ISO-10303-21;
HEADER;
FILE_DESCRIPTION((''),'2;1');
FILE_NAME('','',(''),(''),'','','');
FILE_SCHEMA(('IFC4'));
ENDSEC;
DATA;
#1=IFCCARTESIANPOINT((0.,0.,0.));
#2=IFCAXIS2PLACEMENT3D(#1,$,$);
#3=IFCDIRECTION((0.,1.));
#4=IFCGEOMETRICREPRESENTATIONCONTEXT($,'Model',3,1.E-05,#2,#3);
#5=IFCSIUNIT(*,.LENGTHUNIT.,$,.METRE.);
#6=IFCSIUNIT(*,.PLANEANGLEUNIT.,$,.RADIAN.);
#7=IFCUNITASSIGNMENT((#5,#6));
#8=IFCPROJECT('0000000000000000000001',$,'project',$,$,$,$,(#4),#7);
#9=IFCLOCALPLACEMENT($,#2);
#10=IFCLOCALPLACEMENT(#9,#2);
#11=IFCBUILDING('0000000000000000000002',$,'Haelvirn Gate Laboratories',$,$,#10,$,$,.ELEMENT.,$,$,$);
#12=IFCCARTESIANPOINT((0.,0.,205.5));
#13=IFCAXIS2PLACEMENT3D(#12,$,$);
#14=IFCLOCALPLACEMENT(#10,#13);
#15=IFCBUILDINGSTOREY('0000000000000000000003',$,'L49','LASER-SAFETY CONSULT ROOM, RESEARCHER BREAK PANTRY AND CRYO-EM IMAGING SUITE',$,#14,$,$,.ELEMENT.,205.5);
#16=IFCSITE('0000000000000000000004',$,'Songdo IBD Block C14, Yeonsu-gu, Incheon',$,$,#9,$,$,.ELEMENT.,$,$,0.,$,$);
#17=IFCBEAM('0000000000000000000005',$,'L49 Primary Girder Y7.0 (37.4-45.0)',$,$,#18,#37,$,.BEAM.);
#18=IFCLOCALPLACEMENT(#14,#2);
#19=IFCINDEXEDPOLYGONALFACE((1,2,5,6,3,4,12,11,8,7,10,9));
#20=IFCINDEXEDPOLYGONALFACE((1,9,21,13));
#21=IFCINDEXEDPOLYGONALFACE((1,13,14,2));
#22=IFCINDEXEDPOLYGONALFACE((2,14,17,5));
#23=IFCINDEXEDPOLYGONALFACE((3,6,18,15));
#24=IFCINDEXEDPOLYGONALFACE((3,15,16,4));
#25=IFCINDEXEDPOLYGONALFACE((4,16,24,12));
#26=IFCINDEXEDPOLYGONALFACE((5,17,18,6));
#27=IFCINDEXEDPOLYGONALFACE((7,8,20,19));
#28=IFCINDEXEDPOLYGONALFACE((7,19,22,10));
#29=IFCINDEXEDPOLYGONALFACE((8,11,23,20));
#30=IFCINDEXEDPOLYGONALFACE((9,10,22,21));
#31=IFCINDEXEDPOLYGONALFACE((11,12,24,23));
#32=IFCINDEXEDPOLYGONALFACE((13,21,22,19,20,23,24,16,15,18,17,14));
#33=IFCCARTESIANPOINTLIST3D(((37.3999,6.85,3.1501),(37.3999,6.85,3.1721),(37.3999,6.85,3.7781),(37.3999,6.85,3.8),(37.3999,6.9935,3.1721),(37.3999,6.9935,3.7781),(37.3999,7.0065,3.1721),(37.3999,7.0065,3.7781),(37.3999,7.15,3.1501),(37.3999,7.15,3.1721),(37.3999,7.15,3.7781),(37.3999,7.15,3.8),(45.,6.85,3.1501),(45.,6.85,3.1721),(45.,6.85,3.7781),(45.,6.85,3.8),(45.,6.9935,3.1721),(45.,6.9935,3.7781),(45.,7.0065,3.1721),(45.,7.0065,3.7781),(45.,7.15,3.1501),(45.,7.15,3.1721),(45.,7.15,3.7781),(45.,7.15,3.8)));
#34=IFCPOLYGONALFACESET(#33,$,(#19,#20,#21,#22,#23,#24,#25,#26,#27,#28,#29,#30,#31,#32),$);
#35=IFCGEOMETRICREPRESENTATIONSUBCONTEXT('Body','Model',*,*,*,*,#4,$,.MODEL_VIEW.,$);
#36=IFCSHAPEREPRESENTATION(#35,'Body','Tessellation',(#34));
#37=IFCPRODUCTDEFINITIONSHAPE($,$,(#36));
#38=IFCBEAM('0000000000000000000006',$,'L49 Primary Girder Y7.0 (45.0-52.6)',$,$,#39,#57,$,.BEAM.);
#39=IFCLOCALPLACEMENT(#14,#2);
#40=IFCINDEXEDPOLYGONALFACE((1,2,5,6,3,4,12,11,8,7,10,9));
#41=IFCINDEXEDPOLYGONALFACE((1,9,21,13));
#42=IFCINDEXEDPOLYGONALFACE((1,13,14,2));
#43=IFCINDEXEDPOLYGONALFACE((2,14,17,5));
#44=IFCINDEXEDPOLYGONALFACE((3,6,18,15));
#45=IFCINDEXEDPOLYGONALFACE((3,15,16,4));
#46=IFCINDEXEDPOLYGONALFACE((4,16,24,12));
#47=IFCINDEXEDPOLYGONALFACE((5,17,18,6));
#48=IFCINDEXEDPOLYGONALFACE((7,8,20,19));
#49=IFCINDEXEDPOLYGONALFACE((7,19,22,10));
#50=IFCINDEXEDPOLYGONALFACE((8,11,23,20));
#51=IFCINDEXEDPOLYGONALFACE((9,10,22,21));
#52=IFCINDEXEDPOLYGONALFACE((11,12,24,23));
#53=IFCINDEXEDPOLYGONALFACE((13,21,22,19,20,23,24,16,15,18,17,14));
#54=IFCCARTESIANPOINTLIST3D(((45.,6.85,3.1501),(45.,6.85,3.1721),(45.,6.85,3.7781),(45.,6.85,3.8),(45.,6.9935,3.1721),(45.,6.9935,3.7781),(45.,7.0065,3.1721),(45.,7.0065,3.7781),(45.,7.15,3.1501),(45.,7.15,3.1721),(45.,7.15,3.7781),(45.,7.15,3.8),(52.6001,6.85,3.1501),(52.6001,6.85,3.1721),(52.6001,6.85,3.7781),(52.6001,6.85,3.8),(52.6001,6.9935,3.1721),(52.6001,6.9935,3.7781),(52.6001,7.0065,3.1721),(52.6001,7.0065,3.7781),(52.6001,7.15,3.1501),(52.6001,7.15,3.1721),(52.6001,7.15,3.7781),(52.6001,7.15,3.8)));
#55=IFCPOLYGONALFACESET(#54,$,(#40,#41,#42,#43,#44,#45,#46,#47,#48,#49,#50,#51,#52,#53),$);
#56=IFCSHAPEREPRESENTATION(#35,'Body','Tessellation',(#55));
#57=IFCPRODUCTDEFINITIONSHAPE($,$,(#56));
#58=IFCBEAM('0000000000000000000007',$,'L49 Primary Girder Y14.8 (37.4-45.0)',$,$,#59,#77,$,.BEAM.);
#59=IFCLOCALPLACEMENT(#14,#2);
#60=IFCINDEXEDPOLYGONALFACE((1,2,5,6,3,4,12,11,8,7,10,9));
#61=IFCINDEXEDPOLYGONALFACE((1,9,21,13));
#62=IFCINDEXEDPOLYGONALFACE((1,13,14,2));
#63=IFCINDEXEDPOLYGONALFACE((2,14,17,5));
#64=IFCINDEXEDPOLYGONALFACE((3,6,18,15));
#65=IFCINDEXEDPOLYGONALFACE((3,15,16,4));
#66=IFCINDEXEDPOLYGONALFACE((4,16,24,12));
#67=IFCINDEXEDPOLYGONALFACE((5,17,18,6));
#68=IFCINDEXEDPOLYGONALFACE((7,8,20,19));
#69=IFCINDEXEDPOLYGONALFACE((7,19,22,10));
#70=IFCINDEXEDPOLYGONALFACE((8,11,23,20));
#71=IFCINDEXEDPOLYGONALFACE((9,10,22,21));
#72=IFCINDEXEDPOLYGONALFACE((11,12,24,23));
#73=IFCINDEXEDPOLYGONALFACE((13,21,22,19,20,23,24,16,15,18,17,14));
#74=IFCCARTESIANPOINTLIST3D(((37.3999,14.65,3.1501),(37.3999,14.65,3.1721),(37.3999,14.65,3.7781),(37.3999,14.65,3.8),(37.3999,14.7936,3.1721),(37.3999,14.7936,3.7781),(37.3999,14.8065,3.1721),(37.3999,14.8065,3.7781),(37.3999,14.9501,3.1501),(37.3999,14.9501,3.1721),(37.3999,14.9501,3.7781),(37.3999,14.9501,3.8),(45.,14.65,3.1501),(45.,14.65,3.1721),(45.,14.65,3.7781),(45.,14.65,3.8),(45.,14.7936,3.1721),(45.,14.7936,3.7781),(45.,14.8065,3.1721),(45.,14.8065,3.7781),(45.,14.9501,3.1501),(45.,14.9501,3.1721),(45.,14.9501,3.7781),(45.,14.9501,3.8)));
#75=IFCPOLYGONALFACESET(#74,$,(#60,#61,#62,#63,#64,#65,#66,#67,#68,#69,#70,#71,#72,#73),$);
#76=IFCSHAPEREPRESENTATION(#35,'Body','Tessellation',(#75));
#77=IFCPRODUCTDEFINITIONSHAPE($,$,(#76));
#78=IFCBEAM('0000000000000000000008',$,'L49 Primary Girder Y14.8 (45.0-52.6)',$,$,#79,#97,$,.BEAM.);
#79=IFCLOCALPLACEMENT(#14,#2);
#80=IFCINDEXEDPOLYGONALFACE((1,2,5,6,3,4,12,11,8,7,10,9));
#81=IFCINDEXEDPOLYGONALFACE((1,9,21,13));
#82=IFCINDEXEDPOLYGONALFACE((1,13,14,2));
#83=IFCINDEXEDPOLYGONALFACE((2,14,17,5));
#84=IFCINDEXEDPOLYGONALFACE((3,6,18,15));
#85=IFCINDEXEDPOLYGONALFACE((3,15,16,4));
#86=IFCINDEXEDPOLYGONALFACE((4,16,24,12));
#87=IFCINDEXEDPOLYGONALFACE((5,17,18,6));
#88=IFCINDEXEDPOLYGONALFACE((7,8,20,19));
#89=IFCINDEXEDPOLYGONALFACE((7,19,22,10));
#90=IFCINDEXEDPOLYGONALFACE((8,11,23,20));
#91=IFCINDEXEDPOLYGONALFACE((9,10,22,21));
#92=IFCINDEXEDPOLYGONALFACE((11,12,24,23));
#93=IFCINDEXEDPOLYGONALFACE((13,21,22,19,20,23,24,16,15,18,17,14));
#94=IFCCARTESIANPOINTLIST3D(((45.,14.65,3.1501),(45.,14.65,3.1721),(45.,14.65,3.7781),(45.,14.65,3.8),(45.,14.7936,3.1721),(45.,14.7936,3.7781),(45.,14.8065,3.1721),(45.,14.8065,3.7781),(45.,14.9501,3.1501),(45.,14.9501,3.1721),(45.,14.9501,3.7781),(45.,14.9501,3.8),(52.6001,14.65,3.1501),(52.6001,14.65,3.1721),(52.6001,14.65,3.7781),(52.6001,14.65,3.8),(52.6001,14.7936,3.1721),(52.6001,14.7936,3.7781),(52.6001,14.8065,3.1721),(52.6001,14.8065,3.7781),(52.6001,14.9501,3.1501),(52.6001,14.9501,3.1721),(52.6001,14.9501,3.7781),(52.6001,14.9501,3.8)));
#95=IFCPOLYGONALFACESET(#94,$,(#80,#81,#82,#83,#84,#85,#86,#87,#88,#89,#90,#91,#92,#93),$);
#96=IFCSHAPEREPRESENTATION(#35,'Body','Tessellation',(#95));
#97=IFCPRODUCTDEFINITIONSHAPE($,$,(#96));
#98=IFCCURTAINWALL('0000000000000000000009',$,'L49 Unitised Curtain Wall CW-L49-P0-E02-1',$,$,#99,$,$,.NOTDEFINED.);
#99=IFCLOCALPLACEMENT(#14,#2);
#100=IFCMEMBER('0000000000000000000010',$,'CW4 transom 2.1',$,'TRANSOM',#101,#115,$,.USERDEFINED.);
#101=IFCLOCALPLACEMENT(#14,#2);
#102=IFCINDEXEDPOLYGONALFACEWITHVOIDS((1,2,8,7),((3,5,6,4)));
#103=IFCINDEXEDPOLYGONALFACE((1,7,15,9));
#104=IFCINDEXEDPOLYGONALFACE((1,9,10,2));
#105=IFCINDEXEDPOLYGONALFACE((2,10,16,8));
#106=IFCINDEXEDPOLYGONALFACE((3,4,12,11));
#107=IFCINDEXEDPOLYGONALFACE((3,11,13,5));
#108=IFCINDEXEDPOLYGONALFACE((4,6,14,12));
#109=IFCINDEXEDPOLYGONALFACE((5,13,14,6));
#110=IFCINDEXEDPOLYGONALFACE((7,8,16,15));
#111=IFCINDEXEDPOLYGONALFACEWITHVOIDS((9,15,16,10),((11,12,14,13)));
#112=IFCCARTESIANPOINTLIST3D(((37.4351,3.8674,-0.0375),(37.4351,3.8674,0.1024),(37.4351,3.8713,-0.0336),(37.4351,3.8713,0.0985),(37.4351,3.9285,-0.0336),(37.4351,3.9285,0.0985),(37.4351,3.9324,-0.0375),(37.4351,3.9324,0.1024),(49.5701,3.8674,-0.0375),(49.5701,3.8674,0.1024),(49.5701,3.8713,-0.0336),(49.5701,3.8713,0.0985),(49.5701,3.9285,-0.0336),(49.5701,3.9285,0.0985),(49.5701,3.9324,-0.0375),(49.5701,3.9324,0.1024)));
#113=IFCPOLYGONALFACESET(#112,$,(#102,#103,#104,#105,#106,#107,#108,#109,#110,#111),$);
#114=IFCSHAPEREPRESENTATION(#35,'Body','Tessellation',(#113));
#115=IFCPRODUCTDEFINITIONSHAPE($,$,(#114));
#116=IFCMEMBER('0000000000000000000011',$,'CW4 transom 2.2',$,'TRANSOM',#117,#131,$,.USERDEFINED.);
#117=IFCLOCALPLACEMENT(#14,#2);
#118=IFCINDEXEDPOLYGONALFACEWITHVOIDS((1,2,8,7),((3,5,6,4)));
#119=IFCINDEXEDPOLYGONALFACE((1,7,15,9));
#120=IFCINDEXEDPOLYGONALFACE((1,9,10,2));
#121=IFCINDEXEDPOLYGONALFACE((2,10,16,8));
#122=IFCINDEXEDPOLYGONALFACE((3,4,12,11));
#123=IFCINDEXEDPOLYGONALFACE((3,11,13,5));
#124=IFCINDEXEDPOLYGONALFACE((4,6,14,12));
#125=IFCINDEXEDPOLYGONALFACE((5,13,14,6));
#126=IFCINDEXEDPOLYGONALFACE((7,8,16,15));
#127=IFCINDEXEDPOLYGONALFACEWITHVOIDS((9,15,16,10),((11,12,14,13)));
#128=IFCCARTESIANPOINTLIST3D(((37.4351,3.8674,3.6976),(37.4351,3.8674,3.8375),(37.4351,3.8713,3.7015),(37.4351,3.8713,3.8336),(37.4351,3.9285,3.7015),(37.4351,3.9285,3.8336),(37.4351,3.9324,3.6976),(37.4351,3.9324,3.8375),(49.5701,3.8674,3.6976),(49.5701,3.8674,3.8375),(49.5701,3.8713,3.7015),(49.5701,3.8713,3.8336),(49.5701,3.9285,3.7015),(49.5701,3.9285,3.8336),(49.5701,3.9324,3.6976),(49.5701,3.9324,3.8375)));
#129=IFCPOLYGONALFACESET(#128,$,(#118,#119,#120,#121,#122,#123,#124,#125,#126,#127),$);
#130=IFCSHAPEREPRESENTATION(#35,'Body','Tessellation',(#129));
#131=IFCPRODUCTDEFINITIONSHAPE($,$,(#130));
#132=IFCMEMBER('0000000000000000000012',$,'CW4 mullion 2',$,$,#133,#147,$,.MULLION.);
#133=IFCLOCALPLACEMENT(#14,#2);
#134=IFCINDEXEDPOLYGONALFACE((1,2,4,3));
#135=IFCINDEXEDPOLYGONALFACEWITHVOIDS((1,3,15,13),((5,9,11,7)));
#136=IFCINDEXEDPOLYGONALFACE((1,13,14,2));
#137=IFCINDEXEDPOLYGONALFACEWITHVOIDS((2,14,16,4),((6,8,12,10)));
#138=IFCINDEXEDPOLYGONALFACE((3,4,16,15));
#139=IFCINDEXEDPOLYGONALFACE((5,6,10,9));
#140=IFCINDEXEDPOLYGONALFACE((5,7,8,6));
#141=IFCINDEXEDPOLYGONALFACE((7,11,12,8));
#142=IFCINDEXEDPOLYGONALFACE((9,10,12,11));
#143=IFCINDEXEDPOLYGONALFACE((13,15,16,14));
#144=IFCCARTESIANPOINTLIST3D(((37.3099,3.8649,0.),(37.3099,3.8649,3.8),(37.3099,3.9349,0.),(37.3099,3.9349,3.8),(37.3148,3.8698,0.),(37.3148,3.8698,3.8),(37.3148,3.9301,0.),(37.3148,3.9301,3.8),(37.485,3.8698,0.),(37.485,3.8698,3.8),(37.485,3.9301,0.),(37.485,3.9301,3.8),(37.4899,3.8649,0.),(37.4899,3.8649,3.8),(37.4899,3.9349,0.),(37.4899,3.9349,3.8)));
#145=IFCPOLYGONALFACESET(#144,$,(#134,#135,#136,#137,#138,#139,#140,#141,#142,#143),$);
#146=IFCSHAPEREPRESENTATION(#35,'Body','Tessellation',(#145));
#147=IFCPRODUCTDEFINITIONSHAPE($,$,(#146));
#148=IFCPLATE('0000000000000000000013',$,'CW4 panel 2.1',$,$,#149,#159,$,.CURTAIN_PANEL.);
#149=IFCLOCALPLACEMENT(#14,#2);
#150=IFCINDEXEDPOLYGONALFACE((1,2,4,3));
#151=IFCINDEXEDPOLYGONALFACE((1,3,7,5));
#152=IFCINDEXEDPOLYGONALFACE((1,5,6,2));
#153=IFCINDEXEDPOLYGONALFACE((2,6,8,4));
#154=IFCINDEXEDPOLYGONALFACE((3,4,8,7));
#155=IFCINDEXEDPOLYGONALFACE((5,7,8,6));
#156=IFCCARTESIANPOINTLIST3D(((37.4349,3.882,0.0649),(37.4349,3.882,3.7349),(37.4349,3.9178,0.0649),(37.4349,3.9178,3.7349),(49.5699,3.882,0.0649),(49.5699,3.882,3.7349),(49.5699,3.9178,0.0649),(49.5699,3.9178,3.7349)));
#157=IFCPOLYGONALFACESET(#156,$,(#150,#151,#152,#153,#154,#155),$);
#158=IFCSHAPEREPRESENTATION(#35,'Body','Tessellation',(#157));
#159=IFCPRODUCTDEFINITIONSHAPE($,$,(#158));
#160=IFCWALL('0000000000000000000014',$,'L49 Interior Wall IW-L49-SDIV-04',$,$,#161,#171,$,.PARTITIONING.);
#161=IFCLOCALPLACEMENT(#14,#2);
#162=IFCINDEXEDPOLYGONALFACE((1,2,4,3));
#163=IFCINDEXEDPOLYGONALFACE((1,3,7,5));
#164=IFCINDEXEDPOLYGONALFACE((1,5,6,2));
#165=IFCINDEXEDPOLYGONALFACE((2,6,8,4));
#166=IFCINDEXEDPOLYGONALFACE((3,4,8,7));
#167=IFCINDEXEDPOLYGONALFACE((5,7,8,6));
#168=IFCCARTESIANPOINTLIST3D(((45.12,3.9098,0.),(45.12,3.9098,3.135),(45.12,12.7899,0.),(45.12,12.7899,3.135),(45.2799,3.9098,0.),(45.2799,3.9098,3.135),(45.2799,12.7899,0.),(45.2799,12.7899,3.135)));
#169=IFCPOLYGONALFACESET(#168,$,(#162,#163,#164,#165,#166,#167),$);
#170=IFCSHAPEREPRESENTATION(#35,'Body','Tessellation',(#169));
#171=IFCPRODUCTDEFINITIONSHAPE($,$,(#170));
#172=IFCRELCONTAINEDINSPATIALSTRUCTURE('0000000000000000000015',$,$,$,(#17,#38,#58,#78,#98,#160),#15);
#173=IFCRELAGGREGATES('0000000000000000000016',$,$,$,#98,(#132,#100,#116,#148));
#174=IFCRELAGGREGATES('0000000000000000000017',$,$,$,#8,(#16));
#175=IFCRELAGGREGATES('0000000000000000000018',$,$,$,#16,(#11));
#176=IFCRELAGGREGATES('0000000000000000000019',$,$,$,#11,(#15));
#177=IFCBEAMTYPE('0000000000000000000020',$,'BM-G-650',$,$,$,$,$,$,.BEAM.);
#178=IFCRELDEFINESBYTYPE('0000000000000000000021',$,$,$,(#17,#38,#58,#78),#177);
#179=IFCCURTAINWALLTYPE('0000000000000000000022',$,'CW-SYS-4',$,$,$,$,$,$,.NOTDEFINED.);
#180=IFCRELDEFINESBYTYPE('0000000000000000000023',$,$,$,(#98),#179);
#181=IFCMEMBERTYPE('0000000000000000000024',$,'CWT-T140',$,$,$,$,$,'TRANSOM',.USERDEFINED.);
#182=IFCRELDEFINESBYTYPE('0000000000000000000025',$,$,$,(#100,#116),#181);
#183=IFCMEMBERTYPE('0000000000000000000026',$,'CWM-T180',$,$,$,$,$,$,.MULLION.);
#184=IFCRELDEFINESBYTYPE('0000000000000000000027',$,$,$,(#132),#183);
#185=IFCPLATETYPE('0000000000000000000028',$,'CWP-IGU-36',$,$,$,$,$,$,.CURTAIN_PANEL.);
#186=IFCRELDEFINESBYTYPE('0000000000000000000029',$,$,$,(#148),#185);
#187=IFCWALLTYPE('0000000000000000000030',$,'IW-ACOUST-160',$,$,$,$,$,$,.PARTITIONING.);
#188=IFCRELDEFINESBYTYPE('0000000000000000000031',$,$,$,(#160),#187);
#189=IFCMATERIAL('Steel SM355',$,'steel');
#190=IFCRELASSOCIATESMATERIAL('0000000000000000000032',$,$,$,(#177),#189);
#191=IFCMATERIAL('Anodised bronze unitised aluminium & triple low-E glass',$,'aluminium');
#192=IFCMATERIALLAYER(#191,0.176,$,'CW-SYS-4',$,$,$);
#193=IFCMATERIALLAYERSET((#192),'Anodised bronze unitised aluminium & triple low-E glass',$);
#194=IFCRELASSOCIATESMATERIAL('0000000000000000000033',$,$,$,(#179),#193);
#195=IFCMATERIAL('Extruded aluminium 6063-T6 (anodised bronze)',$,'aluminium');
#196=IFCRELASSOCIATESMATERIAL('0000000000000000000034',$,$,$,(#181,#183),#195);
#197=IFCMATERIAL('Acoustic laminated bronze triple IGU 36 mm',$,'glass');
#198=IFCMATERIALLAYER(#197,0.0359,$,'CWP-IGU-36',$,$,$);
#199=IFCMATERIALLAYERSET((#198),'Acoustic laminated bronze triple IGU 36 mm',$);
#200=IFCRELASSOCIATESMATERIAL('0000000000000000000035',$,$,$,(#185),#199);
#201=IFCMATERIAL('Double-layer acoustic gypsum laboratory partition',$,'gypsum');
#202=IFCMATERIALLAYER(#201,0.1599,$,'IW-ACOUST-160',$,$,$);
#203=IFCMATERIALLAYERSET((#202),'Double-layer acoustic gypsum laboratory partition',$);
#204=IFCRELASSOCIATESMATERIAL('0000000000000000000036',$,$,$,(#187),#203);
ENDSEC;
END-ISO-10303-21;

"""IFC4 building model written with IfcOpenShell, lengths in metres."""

from ifc_helpers import new_model, si_unit, direction, frame, frame_2d, origin, origin_2d, place, context, subcontext, project, spatial, rectangle, hollow_rectangle, i_section, extrude, source, transform, mapped, material, layer, layer_set, material_profile, profile_set, type_object, type_shapes, element, aggregate, save


model = new_model("IFC4")

# Units and contexts
model_context = context("Model", 3, precision=1e-05, world=origin(), true_north=direction((0.0, 1.0)))
body_context = subcontext(model_context, "Body", "Model", "MODEL_VIEW")
ifc_project = project(units=[si_unit("LENGTHUNIT", "METRE"), si_unit("PLANEANGLEUNIT", "RADIAN")], contexts=[model_context])

# Site, building, storey
site_placement = place(None, origin())
site = spatial("IfcSite", under=ifc_project, at=site_placement, Name="Songdo IBD Block C14, Yeonsu-gu, Incheon", CompositionType="ELEMENT", RefElevation=0.0)
building_placement = place(site_placement, origin())
building = spatial("IfcBuilding", under=site, at=building_placement, Name="Haelvirn Gate Laboratories", CompositionType="ELEMENT")
storey_placement = place(building_placement, frame((0.0, 0.0, 205.5)))
storey = spatial("IfcBuildingStorey", under=building, at=storey_placement, Name="L49", Description="LASER-SAFETY CONSULT ROOM, RESEARCHER BREAK PANTRY AND CRYO-EM IMAGING SUITE", CompositionType="ELEMENT", Elevation=205.5)

# Shared definitions
ifc_material_1 = material(Name="Steel SM355", Category="steel")

# Beams
ifc_material_profile_1 = material_profile(ifc_material_1, i_section(OverallWidth=0.3, OverallDepth=0.6499, WebThickness=0.0129, FlangeThickness=0.022, at=origin_2d()), Name="H-650x300x13x22")
ifc_profile_set_1 = profile_set([ifc_material_profile_1], Name="Steel SM355")
beam_type_1 = type_object("IfcBeamType", Name="BM-G-650", PredefinedType="BEAM", material=ifc_profile_set_1)
shared_shape_1 = source(origin(), body_context, "Body", "SweptSolid", [
    extrude(i_section(OverallWidth=0.3, OverallDepth=0.6499, WebThickness=0.0129, FlangeThickness=0.022, at=origin_2d()), origin(), (0.0, 0.0, 1.0), 7.6001),
])
type_shapes(beam_type_1, [shared_shape_1])
for number, where, z_axis, x_axis, name in (
    (1, (37.3999, 7.0, 3.4751), (1.0, 0.0, 0.0), (0.0, 1.0, 0.0), "L49 Primary Girder Y7.0 (37.4-45.0)"),
    (2, (45.0, 7.0, 3.4751), (1.0, 0.0, 0.0), (0.0, 1.0, 0.0), "L49 Primary Girder Y7.0 (45.0-52.6)"),
    (3, (37.3999, 14.8, 3.4751), (1.0, 0.0, 0.0), (0.0, 1.0, 0.0), "L49 Primary Girder Y14.8 (37.4-45.0)"),
    (4, (45.0, 14.8, 3.4751), (1.0, 0.0, 0.0), (0.0, 1.0, 0.0), "L49 Primary Girder Y14.8 (45.0-52.6)"),
):
    element("IfcBeam", number, at=place(storey_placement, frame(where, z_axis=z_axis, x_axis=x_axis)), inside=storey, type_object=beam_type_1, Name=name, PredefinedType="BEAM", context=body_context, shape_type="MappedRepresentation", body=[
        mapped(shared_shape_1, transform((0.0, 0.0, 0.0), scale=1.0)),
    ])

# Curtain wall, members, plate
ifc_material_2 = material(Name="Anodised bronze unitised aluminium & triple low-E glass", Category="aluminium")
ifc_layer_1 = layer(ifc_material_2, 0.176, Name="CW-SYS-4")
ifc_layer_set_1 = layer_set([ifc_layer_1], Name="Anodised bronze unitised aluminium & triple low-E glass")
curtain_wall_type = type_object("IfcCurtainWallType", Name="CW-SYS-4", PredefinedType="NOTDEFINED", material=ifc_layer_set_1)
curtain_wall_placement = place(storey_placement, origin())
curtain_wall = element("IfcCurtainWall", 5, at=curtain_wall_placement, inside=storey, type_object=curtain_wall_type, Name="L49 Unitised Curtain Wall CW-L49-P0-E02-1", PredefinedType="NOTDEFINED")
ifc_material_3 = material(Name="Extruded aluminium 6063-T6 (anodised bronze)", Category="aluminium")
ifc_material_profile_2 = material_profile(ifc_material_3, hollow_rectangle(XDim=0.0649, YDim=0.1399, WallThickness=0.0039, at=origin_2d()), Name="CWT-140x65x4")
ifc_profile_set_2 = profile_set([ifc_material_profile_2], Name="Extruded aluminium 6063-T6 (anodised bronze)")
member_type_1 = type_object("IfcMemberType", Name="CWT-T140", ElementType="TRANSOM", PredefinedType="USERDEFINED", material=ifc_profile_set_2)
shared_shape_2 = source(origin(), body_context, "Body", "SweptSolid", [
    extrude(hollow_rectangle(XDim=0.0649, YDim=0.1399, WallThickness=0.0039, at=origin_2d()), origin(), (0.0, 0.0, 1.0), 12.135),
])
type_shapes(member_type_1, [shared_shape_2])
member_1_placement = place(storey_placement, frame((37.4351, 3.8999, 0.0325), z_axis=(1.0, 0.0, 0.0), x_axis=(0.0, 1.0, 0.0)))
member_1 = element("IfcMember", 6, at=member_1_placement, type_object=member_type_1, Name="CW4 transom 2.1", ObjectType="TRANSOM", PredefinedType="USERDEFINED", context=body_context, shape_type="MappedRepresentation", body=[
    mapped(shared_shape_2, transform((0.0, 0.0, 0.0), scale=1.0)),
])
member_2_placement = place(storey_placement, frame((37.4351, 3.8999, 3.7676), z_axis=(1.0, 0.0, 0.0), x_axis=(0.0, 1.0, 0.0)))
member_2 = element("IfcMember", 7, at=member_2_placement, type_object=member_type_1, Name="CW4 transom 2.2", ObjectType="TRANSOM", PredefinedType="USERDEFINED", context=body_context, shape_type="MappedRepresentation", body=[
    mapped(shared_shape_2, transform((0.0, 0.0, 0.0), scale=1.0)),
])
ifc_material_profile_3 = material_profile(ifc_material_3, hollow_rectangle(XDim=0.0701, YDim=0.1799, WallThickness=0.0049, at=origin_2d()), Name="CWM-180x70x5")
ifc_profile_set_3 = profile_set([ifc_material_profile_3], Name="Extruded aluminium 6063-T6 (anodised bronze)")
member_type_2 = type_object("IfcMemberType", Name="CWM-T180", PredefinedType="MULLION", material=ifc_profile_set_3)
shared_shape_3 = source(origin(), body_context, "Body", "SweptSolid", [
    extrude(hollow_rectangle(XDim=0.0701, YDim=0.1799, WallThickness=0.0049, at=origin_2d()), origin(), (0.0, 0.0, 1.0), 3.8),
])
type_shapes(member_type_2, [shared_shape_3])
member_3_placement = place(storey_placement, frame((37.3999, 3.8999, 0.0), z_axis=(0.0, 0.0, 1.0), x_axis=(0.0, 1.0, 0.0)))
member_3 = element("IfcMember", 8, at=member_3_placement, type_object=member_type_2, Name="CW4 mullion 2", PredefinedType="MULLION", context=body_context, shape_type="MappedRepresentation", body=[
    mapped(shared_shape_3, transform((0.0, 0.0, 0.0), scale=1.0)),
])
ifc_material_4 = material(Name="Acoustic laminated bronze triple IGU 36 mm", Category="glass")
ifc_layer_2 = layer(ifc_material_4, 0.0359, Name="CWP-IGU-36")
ifc_layer_set_2 = layer_set([ifc_layer_2], Name="Acoustic laminated bronze triple IGU 36 mm")
plate_type = type_object("IfcPlateType", Name="CWP-IGU-36", PredefinedType="CURTAIN_PANEL", material=ifc_layer_set_2)
shared_shape_4 = source(origin(), body_context, "Body", "SweptSolid", [
    extrude(rectangle(XDim=12.135, YDim=0.0359, at=origin_2d()), origin(), (0.0, 0.0, 1.0), 3.6699),
])
type_shapes(plate_type, [shared_shape_4])
plate_placement = place(storey_placement, frame((43.5024, 3.8999, 0.0649), z_axis=(0.0, 0.0, 1.0), x_axis=(1.0, 0.0, 0.0)))
plate = element("IfcPlate", 9, at=plate_placement, type_object=plate_type, Name="CW4 panel 2.1", PredefinedType="CURTAIN_PANEL", context=body_context, shape_type="MappedRepresentation", body=[
    mapped(shared_shape_4, transform((0.0, 0.0, 0.0), scale=1.0)),
])
aggregate(curtain_wall, [member_3, member_1, member_2, plate])

# Wall
ifc_material_5 = material(Name="Double-layer acoustic gypsum laboratory partition", Category="gypsum")
ifc_layer_3 = layer(ifc_material_5, 0.1599, Name="IW-ACOUST-160")
ifc_layer_set_3 = layer_set([ifc_layer_3], Name="Double-layer acoustic gypsum laboratory partition")
wall_type_1 = type_object("IfcWallType", Name="IW-ACOUST-160", PredefinedType="PARTITIONING", material=ifc_layer_set_3)
wall_1_placement = place(storey_placement, frame((45.2, 3.9099, 0.0), z_axis=(0.0, 0.0, 1.0), x_axis=(0.0, 1.0, 0.0)))
element("IfcWall", 10, at=wall_1_placement, inside=storey, type_object=wall_type_1, Name="L49 Interior Wall IW-L49-SDIV-04", PredefinedType="PARTITIONING", context=body_context, shape_type="SweptSolid", body=[
    extrude(rectangle(XDim=8.8801, YDim=0.1599, at=frame_2d((4.4399, 0.0))), origin(), (0.0, 0.0, 1.0), 3.135),
])

save(model, "model.ifc")
